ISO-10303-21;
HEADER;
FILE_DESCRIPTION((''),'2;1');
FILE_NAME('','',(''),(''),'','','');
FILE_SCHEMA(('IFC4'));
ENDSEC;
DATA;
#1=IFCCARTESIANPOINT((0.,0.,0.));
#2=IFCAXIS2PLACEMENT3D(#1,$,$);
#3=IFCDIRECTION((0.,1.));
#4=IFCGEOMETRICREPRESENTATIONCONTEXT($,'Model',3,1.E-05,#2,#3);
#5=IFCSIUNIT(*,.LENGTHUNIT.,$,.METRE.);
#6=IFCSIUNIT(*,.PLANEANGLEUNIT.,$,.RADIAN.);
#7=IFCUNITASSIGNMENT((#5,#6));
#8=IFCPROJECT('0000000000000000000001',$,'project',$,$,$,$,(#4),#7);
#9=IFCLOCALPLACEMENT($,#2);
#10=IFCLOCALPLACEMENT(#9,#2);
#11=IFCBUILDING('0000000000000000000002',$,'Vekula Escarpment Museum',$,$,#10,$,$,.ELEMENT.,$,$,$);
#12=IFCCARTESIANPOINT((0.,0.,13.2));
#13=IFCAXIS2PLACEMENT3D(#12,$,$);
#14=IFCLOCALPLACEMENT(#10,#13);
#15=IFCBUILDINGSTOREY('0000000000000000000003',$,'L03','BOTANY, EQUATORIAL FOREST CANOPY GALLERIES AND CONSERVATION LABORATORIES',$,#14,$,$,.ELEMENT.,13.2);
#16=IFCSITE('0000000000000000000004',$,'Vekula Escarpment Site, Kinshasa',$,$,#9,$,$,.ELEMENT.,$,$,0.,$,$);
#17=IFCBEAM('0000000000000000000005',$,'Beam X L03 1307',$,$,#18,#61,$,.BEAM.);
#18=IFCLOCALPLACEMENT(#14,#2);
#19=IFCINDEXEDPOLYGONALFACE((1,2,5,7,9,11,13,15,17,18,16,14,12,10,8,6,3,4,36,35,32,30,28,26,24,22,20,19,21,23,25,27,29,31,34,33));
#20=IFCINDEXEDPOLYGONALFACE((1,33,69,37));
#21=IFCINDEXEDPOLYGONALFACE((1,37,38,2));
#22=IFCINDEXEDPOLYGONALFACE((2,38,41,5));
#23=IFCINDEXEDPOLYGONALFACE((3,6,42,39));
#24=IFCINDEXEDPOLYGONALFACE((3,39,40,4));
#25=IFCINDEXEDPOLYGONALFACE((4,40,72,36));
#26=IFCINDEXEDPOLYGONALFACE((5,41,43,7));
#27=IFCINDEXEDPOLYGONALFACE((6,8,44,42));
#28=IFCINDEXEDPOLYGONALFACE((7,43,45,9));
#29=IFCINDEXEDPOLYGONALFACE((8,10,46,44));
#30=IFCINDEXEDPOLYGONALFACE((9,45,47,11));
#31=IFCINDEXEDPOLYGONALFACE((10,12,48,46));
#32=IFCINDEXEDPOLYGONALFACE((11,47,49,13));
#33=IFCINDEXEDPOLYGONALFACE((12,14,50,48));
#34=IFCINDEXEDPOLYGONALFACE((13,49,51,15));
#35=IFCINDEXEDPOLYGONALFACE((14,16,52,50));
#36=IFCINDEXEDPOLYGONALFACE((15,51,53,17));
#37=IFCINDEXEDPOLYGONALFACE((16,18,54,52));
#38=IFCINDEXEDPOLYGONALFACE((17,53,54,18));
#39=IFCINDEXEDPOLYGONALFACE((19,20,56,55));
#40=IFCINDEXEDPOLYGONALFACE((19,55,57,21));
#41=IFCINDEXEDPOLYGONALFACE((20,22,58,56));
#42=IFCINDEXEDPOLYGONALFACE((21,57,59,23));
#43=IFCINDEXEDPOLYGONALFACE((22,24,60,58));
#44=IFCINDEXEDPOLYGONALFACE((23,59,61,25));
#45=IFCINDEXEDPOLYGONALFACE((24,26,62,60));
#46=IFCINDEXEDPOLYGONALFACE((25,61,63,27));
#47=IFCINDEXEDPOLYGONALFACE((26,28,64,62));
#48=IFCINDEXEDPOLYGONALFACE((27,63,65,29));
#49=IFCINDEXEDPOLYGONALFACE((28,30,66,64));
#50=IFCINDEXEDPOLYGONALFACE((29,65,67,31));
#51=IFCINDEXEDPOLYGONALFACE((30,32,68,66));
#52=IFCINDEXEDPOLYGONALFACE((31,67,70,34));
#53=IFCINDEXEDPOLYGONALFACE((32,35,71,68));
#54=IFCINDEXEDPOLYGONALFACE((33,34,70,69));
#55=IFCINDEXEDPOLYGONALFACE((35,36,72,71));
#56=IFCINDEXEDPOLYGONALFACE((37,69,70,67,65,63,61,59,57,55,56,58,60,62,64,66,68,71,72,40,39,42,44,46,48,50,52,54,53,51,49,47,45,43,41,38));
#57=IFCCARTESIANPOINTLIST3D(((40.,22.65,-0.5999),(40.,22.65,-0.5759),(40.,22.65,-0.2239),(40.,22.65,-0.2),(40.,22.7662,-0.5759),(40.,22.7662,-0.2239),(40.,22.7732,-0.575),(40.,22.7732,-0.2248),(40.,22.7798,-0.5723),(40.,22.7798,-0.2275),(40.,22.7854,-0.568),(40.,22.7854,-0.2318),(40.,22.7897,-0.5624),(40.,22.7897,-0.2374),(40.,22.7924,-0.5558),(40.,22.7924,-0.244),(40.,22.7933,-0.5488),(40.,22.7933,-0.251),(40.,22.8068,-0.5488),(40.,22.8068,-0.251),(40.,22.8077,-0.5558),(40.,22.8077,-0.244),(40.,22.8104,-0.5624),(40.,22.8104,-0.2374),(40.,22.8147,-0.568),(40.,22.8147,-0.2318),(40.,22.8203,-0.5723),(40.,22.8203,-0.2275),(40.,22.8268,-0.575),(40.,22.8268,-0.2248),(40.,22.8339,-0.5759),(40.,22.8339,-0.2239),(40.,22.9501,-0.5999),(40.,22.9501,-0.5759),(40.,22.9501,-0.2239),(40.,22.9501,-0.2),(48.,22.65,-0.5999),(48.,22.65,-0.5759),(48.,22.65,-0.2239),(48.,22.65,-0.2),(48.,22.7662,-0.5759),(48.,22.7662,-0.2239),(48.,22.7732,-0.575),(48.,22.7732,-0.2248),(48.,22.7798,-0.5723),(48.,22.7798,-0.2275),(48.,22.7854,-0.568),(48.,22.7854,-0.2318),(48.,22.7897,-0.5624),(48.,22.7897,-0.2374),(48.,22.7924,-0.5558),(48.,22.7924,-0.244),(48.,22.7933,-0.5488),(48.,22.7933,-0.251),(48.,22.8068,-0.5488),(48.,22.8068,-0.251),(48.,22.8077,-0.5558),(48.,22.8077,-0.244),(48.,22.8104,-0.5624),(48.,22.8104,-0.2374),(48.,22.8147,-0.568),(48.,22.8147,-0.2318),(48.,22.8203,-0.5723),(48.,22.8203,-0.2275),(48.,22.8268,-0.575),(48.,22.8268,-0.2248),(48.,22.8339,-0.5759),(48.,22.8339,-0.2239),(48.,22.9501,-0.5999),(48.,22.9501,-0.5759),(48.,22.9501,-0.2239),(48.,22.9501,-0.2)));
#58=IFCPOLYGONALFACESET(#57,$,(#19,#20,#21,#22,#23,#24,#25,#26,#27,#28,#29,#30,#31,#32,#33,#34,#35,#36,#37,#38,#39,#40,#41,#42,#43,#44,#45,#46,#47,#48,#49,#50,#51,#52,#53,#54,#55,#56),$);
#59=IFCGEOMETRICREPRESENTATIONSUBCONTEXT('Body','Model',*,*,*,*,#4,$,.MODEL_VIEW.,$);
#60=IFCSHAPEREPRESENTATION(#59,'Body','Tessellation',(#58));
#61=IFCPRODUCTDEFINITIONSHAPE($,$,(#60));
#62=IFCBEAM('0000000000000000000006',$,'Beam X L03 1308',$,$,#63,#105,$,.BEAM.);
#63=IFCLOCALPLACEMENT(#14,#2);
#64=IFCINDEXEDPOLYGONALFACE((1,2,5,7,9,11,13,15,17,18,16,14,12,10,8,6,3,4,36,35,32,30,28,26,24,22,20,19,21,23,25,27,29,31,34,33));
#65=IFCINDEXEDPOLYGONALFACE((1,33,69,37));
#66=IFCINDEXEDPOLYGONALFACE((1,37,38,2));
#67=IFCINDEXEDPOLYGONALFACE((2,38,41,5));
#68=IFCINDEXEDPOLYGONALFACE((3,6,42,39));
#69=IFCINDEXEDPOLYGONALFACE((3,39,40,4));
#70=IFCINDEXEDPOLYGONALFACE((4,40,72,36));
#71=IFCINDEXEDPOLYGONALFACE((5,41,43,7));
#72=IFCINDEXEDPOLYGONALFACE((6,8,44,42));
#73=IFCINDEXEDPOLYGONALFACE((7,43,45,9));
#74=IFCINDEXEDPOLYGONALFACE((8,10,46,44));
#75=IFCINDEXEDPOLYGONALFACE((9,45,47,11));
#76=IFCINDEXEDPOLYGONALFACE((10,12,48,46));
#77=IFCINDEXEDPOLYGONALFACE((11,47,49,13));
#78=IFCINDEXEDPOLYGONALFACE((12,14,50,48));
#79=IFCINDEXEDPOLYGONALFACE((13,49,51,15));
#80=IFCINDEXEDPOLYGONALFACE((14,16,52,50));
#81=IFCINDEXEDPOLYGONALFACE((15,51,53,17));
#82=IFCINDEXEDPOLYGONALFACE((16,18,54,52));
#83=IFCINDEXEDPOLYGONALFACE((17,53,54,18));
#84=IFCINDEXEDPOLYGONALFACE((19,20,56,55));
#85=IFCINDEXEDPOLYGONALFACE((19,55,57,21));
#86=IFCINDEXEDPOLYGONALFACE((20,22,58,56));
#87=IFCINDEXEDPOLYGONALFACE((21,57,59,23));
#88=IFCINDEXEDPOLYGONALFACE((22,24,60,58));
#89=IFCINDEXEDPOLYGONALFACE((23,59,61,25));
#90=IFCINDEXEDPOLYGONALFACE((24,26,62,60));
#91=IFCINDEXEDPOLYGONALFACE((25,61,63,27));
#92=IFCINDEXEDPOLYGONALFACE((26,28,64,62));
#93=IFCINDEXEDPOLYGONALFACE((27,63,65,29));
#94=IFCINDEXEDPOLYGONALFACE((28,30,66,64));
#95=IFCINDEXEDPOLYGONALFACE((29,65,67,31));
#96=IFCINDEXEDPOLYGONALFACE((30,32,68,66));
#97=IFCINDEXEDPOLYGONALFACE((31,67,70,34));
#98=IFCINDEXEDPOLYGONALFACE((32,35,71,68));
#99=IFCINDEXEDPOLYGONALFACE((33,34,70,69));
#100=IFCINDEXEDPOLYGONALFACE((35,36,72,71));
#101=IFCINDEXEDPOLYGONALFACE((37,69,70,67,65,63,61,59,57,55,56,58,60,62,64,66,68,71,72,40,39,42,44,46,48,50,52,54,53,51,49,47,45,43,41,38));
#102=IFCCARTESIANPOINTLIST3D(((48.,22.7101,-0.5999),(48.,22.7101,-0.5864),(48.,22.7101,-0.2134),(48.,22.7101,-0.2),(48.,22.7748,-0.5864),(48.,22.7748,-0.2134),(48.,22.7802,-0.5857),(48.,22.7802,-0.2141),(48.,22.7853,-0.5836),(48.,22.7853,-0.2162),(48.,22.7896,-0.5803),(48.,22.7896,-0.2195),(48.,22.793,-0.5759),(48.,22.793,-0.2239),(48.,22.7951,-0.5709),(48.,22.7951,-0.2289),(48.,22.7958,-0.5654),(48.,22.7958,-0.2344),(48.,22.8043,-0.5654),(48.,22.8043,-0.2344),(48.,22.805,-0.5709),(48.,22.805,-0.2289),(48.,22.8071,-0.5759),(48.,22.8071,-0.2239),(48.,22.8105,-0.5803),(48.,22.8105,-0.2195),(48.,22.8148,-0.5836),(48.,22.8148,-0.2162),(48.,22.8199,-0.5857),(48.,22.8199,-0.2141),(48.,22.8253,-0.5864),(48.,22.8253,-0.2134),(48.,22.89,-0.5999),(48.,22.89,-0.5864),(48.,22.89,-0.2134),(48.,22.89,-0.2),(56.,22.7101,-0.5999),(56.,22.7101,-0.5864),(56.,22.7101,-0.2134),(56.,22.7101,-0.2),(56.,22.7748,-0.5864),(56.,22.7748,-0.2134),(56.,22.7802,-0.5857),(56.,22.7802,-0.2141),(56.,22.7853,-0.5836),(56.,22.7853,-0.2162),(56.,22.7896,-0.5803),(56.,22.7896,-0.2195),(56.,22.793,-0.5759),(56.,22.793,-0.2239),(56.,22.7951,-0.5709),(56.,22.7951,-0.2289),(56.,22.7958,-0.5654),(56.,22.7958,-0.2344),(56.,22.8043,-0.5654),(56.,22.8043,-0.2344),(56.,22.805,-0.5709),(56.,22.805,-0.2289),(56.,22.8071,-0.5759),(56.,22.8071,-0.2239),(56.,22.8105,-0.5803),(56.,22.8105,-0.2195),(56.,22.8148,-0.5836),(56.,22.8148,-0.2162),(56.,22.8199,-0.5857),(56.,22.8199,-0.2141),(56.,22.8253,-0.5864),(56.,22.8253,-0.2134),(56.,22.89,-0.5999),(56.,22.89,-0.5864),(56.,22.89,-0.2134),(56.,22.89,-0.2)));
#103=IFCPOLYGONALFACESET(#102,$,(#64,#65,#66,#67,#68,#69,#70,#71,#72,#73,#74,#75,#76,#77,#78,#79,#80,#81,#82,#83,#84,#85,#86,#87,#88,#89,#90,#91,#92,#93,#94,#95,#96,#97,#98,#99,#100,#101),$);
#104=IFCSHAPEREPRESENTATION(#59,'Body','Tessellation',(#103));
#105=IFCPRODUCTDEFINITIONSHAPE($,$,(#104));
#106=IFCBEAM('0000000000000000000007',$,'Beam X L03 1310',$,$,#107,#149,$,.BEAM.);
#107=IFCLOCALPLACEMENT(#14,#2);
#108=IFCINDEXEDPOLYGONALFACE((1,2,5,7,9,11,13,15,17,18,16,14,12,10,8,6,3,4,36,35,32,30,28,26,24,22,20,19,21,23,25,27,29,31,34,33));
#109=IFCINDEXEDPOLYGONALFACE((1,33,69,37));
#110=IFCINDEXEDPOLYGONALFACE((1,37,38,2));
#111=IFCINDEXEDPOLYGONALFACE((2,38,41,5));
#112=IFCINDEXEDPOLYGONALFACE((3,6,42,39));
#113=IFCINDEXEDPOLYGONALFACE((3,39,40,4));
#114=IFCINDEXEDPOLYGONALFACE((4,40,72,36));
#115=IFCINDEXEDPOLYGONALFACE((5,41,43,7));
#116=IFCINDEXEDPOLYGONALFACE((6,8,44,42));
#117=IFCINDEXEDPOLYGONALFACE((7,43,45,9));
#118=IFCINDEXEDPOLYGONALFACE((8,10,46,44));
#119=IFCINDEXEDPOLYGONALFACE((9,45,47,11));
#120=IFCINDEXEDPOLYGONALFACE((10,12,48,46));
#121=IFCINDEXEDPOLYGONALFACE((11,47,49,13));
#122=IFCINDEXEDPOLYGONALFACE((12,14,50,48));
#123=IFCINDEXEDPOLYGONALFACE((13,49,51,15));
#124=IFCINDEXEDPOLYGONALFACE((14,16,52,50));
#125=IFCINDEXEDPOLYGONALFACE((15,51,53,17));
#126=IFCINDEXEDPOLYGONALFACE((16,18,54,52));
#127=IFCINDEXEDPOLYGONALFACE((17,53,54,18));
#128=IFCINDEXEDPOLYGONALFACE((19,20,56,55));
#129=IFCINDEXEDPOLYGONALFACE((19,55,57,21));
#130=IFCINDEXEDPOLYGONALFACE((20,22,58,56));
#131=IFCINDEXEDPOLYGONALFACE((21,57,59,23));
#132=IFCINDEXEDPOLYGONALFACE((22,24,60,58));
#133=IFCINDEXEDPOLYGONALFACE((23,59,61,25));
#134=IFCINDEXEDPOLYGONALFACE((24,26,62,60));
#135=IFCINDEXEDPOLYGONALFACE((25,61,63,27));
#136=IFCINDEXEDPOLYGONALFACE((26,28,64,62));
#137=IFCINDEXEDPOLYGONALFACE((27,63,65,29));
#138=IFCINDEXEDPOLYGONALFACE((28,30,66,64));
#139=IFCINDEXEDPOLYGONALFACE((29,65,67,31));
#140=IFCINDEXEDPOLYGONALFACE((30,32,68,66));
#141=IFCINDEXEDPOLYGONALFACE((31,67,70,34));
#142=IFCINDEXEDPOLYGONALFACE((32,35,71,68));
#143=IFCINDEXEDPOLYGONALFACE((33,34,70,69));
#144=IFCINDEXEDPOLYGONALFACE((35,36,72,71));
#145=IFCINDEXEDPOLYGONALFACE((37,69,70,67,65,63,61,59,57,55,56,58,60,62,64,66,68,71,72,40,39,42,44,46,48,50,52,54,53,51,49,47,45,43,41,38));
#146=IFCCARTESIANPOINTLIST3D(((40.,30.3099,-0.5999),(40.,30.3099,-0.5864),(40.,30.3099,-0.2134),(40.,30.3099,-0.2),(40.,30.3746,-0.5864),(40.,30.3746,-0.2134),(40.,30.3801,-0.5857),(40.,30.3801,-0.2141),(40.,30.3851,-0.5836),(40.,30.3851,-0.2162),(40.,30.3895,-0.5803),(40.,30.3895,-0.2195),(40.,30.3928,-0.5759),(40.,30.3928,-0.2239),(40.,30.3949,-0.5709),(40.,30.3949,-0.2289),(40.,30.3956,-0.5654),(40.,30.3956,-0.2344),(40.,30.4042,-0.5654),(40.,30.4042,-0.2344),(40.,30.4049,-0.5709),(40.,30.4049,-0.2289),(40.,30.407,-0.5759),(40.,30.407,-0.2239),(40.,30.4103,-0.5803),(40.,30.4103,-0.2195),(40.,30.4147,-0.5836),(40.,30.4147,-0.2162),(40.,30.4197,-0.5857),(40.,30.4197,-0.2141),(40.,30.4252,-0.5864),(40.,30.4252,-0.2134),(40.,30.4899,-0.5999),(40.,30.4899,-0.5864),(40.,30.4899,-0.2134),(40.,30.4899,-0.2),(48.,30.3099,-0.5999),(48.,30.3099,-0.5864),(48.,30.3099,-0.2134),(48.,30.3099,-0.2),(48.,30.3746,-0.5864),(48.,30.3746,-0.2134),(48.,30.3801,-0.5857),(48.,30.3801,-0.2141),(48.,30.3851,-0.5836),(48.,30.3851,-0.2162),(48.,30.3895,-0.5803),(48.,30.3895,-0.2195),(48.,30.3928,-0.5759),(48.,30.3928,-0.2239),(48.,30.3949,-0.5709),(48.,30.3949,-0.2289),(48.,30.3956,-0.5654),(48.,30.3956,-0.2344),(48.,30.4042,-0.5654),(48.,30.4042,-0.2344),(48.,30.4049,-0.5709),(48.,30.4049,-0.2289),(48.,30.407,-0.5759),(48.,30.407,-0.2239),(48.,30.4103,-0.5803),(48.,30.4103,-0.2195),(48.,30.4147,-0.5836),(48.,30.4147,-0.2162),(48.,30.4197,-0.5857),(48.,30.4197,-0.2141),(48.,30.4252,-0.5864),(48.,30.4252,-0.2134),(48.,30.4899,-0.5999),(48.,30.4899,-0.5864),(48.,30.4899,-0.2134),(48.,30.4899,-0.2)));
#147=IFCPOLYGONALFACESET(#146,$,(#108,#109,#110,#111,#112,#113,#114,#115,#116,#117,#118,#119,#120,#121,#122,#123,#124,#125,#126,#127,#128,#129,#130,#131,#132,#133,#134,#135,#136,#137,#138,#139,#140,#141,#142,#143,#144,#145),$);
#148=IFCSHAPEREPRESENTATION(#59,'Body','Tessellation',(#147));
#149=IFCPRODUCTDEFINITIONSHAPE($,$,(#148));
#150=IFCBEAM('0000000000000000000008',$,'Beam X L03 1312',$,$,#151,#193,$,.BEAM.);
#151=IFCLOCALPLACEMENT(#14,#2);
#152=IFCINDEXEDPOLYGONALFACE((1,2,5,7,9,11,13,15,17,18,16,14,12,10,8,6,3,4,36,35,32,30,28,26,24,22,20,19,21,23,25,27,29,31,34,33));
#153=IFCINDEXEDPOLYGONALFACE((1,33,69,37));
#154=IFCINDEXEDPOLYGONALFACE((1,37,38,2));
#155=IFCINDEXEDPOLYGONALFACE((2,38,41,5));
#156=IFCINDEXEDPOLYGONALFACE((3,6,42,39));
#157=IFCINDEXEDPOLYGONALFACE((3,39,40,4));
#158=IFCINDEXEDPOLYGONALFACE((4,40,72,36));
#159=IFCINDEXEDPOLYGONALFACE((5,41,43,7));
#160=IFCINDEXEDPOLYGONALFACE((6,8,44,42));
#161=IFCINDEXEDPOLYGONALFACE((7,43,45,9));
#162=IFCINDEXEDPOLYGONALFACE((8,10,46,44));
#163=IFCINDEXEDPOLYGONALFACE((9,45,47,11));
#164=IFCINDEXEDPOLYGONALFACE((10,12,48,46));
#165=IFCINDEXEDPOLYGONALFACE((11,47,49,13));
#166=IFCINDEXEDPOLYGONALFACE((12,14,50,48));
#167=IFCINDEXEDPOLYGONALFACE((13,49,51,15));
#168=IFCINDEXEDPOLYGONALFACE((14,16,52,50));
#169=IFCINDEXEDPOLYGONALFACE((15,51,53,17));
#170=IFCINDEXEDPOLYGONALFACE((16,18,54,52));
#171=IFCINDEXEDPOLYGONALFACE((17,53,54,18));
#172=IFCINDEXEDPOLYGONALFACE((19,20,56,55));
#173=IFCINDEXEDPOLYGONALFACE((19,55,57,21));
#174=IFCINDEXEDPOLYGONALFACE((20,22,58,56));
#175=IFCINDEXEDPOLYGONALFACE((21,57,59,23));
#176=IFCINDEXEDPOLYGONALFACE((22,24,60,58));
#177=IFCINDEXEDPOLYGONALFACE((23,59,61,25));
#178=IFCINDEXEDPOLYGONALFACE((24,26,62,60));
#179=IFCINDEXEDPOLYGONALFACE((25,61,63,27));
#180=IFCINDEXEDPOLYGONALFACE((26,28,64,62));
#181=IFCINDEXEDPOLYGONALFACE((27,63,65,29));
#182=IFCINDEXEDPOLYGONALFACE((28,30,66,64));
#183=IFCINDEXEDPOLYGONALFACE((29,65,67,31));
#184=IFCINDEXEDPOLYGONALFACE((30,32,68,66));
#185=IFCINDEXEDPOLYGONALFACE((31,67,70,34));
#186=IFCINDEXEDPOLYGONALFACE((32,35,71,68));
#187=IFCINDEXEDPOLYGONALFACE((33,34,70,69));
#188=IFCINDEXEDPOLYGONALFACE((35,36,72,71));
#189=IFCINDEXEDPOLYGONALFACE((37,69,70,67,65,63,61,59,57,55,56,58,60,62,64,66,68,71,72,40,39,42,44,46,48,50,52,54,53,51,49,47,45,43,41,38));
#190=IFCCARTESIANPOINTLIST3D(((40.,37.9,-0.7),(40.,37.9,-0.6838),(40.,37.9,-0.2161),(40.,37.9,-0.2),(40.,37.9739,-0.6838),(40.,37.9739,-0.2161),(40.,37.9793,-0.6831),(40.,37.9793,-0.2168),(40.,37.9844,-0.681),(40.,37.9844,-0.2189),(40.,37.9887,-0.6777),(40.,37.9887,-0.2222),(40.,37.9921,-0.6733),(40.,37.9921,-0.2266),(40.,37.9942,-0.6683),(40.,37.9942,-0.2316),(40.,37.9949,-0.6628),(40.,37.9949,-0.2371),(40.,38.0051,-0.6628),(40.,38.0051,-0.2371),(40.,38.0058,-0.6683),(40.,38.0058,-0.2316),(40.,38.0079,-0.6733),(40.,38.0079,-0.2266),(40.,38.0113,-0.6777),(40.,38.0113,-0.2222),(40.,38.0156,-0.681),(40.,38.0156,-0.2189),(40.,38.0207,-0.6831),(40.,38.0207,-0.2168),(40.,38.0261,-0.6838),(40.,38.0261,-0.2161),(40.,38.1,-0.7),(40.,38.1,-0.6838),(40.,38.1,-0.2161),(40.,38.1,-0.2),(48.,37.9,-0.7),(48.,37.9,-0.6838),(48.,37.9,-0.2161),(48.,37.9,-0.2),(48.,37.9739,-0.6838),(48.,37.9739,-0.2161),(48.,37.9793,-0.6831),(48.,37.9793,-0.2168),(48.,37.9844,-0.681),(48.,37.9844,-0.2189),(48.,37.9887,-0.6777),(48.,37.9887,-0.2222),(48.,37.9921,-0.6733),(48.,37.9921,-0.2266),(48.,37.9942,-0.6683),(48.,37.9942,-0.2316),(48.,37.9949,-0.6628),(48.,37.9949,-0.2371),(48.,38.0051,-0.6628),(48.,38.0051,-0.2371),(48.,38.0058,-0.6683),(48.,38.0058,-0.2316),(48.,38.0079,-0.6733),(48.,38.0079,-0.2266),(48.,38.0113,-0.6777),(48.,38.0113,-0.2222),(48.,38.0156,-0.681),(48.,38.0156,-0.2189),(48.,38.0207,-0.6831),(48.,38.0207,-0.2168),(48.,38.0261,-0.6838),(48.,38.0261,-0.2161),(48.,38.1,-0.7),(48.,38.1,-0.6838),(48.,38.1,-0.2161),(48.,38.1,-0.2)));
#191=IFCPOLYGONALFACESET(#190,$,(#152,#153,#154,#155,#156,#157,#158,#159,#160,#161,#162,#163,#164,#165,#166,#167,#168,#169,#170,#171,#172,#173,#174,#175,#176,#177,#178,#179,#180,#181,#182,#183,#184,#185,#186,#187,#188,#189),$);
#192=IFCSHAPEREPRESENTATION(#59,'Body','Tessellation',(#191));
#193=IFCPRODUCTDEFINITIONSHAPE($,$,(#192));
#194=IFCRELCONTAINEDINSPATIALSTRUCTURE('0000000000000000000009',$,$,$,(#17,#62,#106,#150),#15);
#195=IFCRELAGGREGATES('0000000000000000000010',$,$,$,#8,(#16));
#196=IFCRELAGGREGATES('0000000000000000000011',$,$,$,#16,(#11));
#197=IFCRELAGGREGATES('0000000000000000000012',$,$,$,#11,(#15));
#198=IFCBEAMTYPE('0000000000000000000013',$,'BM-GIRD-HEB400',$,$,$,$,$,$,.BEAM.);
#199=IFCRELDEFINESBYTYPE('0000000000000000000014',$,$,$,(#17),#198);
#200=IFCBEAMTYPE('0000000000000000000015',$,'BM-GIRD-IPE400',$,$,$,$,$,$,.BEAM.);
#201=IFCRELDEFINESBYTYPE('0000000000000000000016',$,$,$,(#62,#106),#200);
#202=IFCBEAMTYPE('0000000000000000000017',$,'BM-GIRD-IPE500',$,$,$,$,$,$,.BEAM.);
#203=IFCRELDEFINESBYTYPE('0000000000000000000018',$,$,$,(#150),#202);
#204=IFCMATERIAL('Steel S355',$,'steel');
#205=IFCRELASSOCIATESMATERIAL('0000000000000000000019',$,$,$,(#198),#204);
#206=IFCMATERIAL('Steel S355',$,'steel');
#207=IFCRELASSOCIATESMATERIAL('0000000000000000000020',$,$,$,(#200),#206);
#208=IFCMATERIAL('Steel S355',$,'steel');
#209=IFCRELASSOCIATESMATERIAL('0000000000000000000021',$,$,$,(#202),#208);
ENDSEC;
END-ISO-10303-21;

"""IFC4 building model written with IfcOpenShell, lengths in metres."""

from ifc_helpers import new_model, si_unit, direction, frame, origin, origin_2d, place, context, subcontext, project, spatial, i_section, extrude, material, material_profile, profile_set, type_object, element, save


model = new_model("IFC4")

# Units and contexts
model_context = context("Model", 3, precision=1e-05, world=origin(), true_north=direction((0.0, 1.0)))
body_context = subcontext(model_context, "Body", "Model", "MODEL_VIEW")
ifc_project = project(units=[si_unit("LENGTHUNIT", "METRE"), si_unit("PLANEANGLEUNIT", "RADIAN")], contexts=[model_context])

# Site, building, storey
site_placement = place(None, origin())
site = spatial("IfcSite", under=ifc_project, at=site_placement, Name="Vekula Escarpment Site, Kinshasa", CompositionType="ELEMENT", RefElevation=0.0)
building_placement = place(site_placement, origin())
building = spatial("IfcBuilding", under=site, at=building_placement, Name="Vekula Escarpment Museum", CompositionType="ELEMENT")
storey_placement = place(building_placement, frame((0.0, 0.0, 13.2)))
storey = spatial("IfcBuildingStorey", under=building, at=storey_placement, Name="L03", Description="BOTANY, EQUATORIAL FOREST CANOPY GALLERIES AND CONSERVATION LABORATORIES", CompositionType="ELEMENT", Elevation=13.2)

# Beams
ifc_material_1 = material(Name="Steel S355", Category="steel")
ifc_material_profile_1 = material_profile(ifc_material_1, i_section(OverallWidth=0.3, OverallDepth=0.3999, WebThickness=0.0134, FlangeThickness=0.0239, FilletRadius=0.0271, at=origin_2d()), Name="HEB 400")
ifc_profile_set_1 = profile_set([ifc_material_profile_1], Name="Steel S355")
beam_type_1 = type_object("IfcBeamType", Name="BM-GIRD-HEB400", PredefinedType="BEAM", material=ifc_profile_set_1)
beam_1_placement = place(storey_placement, frame((40.0, 22.8, -0.3999), z_axis=(1.0, 0.0, 0.0), x_axis=(0.0, 1.0, 0.0)))
element("IfcBeam", 1, at=beam_1_placement, inside=storey, type_object=beam_type_1, Name="Beam X L03 1307", PredefinedType="BEAM", context=body_context, shape_type="SweptSolid", body=[
    extrude(i_section(OverallWidth=0.3, OverallDepth=0.3999, WebThickness=0.0134, FlangeThickness=0.0239, FilletRadius=0.0271, at=origin_2d()), origin(), (0.0, 0.0, 1.0), 8.0),
])
ifc_material_2 = material(Name="Steel S355", Category="steel")
ifc_material_profile_2 = material_profile(ifc_material_2, i_section(OverallWidth=0.1799, OverallDepth=0.3999, WebThickness=0.0085, FlangeThickness=0.0134, FilletRadius=0.021, at=origin_2d()), Name="IPE 400")
ifc_profile_set_2 = profile_set([ifc_material_profile_2], Name="Steel S355")
beam_type_2 = type_object("IfcBeamType", Name="BM-GIRD-IPE400", PredefinedType="BEAM", material=ifc_profile_set_2)
for number, where, z_axis, x_axis, name in (
    (2, (48.0, 22.8, -0.3999), (1.0, 0.0, 0.0), (0.0, 1.0, 0.0), "Beam X L03 1308"),
    (3, (40.0, 30.3999, -0.3999), (1.0, 0.0, 0.0), (0.0, 1.0, 0.0), "Beam X L03 1310"),
):
    element("IfcBeam", number, at=place(storey_placement, frame(where, z_axis=z_axis, x_axis=x_axis)), inside=storey, type_object=beam_type_2, Name=name, PredefinedType="BEAM", context=body_context, shape_type="SweptSolid", body=[
        extrude(i_section(OverallWidth=0.1799, OverallDepth=0.3999, WebThickness=0.0085, FlangeThickness=0.0134, FilletRadius=0.021, at=origin_2d()), origin(), (0.0, 0.0, 1.0), 8.0),
    ])
ifc_material_3 = material(Name="Steel S355", Category="steel")
ifc_material_profile_3 = material_profile(ifc_material_3, i_section(OverallWidth=0.2, OverallDepth=0.5, WebThickness=0.0103, FlangeThickness=0.0161, FilletRadius=0.021, at=origin_2d()), Name="IPE 500")
ifc_profile_set_3 = profile_set([ifc_material_profile_3], Name="Steel S355")
beam_type_3 = type_object("IfcBeamType", Name="BM-GIRD-IPE500", PredefinedType="BEAM", material=ifc_profile_set_3)
beam_2_placement = place(storey_placement, frame((40.0, 38.0, -0.45), z_axis=(1.0, 0.0, 0.0), x_axis=(0.0, 1.0, 0.0)))
element("IfcBeam", 4, at=beam_2_placement, inside=storey, type_object=beam_type_3, Name="Beam X L03 1312", PredefinedType="BEAM", context=body_context, shape_type="SweptSolid", body=[
    extrude(i_section(OverallWidth=0.2, OverallDepth=0.5, WebThickness=0.0103, FlangeThickness=0.0161, FilletRadius=0.021, at=origin_2d()), origin(), (0.0, 0.0, 1.0), 8.0),
])

save(model, "model.ifc")
